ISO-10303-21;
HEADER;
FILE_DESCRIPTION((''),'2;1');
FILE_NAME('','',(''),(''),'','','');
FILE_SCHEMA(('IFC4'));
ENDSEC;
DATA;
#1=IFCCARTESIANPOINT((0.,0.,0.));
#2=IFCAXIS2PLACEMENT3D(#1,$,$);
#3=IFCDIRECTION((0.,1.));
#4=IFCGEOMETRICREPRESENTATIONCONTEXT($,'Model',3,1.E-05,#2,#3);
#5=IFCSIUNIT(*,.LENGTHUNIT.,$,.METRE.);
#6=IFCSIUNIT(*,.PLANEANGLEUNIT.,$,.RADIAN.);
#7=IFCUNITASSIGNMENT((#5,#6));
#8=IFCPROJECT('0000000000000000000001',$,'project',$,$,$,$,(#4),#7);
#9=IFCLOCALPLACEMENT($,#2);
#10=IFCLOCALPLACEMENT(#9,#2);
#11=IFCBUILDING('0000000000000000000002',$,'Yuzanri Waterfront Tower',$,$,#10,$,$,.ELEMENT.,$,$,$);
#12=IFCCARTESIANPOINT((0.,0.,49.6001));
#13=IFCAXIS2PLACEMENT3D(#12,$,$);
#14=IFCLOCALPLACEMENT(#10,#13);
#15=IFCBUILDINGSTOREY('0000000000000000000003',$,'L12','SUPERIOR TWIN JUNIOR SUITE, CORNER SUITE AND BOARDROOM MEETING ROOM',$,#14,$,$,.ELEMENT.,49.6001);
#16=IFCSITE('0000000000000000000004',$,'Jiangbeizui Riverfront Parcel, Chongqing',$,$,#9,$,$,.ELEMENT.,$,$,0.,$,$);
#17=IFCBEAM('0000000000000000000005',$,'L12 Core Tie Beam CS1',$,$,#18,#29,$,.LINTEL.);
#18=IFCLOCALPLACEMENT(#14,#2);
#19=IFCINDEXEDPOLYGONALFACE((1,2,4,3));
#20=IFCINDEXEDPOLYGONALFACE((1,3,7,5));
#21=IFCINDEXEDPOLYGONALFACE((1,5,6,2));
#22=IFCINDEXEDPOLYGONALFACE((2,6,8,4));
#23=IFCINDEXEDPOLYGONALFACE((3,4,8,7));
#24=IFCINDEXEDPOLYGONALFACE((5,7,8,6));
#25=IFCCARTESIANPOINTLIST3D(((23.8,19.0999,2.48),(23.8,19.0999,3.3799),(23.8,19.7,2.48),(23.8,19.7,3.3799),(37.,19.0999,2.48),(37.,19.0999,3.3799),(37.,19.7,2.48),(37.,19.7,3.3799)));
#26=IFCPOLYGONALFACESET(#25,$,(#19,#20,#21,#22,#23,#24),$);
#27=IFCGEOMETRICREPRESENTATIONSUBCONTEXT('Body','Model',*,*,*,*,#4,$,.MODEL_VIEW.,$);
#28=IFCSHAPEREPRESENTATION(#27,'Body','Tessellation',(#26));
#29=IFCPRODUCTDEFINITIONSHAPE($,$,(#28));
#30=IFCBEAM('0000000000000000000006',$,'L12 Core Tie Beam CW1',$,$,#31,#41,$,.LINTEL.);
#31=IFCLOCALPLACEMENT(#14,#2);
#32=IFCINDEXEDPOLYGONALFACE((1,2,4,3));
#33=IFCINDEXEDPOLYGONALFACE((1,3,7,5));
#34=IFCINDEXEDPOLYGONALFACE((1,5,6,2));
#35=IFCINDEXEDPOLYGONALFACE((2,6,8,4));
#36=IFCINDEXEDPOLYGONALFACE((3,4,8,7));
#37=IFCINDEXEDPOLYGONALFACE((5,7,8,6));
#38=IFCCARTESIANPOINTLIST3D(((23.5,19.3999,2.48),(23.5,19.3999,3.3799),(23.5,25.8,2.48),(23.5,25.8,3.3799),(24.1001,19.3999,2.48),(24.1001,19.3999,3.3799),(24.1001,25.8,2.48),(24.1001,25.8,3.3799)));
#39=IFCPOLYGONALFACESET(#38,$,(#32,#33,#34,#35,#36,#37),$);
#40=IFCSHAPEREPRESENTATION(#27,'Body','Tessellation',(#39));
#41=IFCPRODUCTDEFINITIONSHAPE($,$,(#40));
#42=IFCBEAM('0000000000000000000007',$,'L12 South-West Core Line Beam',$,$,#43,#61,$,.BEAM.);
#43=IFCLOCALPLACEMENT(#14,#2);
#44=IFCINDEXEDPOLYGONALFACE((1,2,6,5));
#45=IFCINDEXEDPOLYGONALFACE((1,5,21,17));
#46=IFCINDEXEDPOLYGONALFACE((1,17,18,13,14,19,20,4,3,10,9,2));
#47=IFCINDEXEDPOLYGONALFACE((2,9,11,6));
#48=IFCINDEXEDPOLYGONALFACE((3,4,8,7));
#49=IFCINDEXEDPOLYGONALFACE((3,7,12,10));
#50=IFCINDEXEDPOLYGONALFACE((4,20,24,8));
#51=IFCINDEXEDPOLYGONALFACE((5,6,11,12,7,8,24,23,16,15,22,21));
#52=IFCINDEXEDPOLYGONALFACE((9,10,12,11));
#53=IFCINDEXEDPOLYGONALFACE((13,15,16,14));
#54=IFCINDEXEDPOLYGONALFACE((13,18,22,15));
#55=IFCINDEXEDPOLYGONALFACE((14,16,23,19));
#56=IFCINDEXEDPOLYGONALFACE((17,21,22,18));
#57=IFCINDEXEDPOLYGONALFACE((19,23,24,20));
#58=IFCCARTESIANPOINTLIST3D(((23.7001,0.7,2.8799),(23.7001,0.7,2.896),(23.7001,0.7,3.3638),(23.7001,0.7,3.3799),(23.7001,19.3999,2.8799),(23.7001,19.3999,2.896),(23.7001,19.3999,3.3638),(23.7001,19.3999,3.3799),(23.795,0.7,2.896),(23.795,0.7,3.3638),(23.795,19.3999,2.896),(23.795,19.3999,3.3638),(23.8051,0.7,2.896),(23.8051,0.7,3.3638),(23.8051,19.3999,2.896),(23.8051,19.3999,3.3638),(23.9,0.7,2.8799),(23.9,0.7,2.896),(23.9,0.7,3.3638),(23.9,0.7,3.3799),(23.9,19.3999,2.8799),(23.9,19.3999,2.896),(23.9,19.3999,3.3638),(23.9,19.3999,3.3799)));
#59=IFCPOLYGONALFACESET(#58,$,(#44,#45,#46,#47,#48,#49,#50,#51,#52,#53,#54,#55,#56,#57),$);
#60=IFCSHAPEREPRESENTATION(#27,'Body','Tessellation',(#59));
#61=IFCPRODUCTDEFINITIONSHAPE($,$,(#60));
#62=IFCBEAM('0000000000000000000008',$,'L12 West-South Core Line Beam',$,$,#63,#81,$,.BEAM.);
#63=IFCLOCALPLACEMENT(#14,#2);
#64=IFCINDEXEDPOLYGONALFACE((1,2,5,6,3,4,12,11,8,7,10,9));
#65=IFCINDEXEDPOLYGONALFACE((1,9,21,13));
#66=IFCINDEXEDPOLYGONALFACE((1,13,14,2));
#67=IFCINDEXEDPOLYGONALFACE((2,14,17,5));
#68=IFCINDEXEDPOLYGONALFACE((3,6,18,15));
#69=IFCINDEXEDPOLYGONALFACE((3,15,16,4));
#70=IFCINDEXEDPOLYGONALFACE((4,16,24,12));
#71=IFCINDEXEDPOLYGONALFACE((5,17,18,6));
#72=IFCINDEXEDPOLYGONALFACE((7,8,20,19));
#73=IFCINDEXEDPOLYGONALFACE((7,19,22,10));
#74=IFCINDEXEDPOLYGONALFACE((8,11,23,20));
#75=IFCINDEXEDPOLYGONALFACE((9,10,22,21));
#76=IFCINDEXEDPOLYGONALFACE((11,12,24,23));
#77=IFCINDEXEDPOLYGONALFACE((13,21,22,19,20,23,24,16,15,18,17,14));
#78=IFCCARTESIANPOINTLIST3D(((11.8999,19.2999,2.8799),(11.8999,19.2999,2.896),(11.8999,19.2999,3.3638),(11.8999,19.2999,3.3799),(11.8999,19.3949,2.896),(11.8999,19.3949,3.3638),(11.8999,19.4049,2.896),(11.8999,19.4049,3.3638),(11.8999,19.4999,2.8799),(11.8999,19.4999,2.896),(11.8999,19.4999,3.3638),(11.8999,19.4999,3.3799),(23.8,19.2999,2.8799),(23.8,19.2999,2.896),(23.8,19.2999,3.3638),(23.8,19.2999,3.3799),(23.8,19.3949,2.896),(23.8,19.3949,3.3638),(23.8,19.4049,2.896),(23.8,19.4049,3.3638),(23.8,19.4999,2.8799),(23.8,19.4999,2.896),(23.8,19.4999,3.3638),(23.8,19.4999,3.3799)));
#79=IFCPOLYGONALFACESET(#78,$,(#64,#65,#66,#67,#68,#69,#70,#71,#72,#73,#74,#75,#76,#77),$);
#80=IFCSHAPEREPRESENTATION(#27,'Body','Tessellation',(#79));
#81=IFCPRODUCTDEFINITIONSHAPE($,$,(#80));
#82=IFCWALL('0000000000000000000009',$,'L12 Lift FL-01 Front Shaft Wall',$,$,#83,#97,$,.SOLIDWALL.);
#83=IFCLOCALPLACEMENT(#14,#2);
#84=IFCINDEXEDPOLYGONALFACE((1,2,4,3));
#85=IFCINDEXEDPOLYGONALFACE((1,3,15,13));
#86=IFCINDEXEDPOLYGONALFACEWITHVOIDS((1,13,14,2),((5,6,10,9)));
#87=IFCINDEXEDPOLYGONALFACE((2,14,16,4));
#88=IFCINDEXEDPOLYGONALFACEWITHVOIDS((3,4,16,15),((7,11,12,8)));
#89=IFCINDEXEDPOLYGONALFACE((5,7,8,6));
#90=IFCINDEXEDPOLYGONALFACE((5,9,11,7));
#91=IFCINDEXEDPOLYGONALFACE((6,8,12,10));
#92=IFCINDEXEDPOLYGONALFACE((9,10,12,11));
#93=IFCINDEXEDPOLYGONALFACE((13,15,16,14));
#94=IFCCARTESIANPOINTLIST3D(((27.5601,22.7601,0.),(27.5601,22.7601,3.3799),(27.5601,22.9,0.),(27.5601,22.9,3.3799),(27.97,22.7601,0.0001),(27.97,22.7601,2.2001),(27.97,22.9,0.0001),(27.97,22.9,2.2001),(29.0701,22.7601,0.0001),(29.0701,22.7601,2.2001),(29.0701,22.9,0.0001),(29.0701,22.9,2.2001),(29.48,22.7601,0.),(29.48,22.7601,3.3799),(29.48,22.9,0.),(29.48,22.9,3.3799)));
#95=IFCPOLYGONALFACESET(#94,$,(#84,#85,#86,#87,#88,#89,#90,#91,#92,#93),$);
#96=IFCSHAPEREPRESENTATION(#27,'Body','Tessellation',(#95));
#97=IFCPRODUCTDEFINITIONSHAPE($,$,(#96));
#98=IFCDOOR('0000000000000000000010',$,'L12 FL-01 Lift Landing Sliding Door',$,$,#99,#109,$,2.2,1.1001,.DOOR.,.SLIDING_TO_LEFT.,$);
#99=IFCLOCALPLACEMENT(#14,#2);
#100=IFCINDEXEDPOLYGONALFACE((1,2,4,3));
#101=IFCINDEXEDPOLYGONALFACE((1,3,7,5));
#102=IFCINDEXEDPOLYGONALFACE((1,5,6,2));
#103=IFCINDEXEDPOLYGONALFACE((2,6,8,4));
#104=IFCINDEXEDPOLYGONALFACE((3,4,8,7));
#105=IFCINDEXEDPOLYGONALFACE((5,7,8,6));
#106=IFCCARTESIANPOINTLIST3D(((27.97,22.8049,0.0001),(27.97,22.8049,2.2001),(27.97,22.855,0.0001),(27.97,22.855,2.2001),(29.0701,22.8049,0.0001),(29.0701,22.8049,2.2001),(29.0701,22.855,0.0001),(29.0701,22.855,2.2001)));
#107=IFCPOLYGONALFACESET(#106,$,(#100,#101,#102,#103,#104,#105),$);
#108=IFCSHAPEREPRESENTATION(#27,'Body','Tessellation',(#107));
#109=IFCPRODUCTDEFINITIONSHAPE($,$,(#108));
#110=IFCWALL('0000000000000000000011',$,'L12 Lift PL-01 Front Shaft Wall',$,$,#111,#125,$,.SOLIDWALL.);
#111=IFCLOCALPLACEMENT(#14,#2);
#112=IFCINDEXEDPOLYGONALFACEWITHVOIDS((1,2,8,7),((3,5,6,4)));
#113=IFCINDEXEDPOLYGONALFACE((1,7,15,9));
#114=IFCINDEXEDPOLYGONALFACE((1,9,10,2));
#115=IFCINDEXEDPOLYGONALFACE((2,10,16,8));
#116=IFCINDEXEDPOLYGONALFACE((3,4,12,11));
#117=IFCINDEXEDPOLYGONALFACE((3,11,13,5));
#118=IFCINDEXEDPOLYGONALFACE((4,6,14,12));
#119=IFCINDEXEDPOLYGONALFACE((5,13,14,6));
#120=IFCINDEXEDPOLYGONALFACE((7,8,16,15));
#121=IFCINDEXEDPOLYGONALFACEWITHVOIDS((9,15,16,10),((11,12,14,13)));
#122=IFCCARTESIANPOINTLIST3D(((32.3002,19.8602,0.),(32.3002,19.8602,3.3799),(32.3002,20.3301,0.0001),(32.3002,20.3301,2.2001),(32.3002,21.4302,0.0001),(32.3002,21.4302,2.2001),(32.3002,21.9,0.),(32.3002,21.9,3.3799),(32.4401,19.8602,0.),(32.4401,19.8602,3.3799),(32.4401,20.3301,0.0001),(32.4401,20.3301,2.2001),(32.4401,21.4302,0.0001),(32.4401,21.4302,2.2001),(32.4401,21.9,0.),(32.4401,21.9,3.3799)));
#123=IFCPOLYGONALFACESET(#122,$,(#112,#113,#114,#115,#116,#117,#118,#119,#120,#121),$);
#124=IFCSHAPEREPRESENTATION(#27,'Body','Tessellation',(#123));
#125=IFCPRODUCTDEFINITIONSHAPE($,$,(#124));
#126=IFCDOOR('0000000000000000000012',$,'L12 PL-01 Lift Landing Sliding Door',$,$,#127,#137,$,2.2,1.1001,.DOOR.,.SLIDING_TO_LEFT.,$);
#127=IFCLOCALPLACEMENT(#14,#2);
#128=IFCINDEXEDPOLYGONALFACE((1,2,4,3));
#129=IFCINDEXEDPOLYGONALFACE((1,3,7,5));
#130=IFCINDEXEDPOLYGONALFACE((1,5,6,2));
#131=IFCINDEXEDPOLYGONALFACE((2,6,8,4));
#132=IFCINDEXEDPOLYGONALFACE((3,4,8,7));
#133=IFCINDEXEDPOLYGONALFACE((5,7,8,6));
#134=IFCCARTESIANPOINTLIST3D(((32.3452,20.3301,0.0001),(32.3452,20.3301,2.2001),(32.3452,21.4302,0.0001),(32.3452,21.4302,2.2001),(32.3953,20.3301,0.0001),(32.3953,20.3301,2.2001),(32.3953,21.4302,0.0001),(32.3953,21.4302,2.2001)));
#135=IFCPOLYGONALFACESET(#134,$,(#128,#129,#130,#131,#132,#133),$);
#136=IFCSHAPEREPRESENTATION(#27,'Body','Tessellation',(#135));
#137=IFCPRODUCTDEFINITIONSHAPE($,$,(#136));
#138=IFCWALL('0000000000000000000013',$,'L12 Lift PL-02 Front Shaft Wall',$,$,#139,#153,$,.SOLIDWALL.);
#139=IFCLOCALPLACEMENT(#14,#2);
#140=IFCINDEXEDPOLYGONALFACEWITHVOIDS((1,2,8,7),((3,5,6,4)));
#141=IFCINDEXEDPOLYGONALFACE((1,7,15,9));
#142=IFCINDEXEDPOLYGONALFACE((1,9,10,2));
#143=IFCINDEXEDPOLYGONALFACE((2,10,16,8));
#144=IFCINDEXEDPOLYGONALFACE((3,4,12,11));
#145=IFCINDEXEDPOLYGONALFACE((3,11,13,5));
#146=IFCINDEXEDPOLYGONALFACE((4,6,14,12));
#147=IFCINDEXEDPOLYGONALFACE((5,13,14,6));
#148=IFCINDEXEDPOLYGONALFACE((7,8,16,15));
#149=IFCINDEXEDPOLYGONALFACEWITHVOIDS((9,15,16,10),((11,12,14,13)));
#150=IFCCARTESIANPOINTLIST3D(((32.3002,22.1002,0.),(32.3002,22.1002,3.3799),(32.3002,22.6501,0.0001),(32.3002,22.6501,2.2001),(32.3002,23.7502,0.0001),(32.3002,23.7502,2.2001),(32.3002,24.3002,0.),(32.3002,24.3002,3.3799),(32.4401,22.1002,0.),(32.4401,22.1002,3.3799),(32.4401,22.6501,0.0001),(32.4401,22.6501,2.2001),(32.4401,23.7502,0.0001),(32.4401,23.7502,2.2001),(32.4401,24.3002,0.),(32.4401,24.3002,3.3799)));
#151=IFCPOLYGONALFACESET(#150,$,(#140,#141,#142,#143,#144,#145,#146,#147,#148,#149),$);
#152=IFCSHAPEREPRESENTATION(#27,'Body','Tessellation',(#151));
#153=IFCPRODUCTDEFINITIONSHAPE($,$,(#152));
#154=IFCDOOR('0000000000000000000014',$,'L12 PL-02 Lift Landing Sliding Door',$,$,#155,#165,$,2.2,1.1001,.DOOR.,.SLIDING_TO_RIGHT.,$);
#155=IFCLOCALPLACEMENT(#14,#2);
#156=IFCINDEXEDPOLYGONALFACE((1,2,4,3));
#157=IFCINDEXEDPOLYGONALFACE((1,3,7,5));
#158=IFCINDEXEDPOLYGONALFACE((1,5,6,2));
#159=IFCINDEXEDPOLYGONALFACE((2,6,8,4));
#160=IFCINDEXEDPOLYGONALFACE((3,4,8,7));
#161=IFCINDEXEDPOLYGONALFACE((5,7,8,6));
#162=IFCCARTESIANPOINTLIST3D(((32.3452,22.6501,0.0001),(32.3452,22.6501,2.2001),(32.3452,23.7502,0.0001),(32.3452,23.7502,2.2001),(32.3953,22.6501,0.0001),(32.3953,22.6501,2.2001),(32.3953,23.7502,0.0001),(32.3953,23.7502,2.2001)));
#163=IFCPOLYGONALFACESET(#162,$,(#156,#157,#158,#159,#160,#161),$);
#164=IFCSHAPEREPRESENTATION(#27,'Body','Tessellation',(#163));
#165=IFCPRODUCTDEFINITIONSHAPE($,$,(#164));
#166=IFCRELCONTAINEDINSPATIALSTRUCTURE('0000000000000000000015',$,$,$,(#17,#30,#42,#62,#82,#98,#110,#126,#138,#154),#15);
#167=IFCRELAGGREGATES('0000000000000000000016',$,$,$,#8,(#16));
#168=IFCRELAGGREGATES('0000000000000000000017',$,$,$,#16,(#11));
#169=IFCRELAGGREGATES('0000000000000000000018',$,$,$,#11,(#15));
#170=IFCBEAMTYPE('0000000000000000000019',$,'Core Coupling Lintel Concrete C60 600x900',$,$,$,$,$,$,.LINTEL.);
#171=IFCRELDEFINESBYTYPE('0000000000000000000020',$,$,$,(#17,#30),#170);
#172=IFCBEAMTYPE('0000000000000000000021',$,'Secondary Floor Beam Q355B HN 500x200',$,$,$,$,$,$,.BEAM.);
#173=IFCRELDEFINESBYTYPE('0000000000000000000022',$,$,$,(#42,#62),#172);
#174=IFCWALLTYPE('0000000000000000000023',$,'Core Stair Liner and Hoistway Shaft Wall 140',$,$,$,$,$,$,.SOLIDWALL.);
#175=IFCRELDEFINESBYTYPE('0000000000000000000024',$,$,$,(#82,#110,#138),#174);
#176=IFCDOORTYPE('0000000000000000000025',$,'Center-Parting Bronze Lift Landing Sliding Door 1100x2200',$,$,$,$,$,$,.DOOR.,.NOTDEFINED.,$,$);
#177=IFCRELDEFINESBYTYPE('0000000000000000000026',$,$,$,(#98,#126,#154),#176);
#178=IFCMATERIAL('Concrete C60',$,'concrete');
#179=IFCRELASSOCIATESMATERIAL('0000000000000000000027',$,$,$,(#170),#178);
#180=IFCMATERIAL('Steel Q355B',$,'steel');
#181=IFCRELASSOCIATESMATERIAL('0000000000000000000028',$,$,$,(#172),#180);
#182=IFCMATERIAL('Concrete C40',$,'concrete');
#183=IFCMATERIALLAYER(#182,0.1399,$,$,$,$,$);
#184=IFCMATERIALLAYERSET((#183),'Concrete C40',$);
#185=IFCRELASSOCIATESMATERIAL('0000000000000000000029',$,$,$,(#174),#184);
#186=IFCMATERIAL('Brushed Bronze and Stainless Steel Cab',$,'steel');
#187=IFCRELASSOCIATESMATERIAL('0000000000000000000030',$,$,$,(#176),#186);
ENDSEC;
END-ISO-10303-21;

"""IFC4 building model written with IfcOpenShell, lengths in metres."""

from ifc_helpers import new_model, si_unit, direction, frame, frame_2d, origin, origin_2d, place, context, subcontext, project, spatial, rectangle, i_section, extrude, source, transform, mapped, material, layer, layer_set, material_profile, profile_set, type_object, element, fill, save


model = new_model("IFC4")

# Units and contexts
model_context = context("Model", 3, precision=1e-05, world=origin(), true_north=direction((0.0, 1.0)))
body_context = subcontext(model_context, "Body", "Model", "MODEL_VIEW")
ifc_project = project(units=[si_unit("LENGTHUNIT", "METRE"), si_unit("PLANEANGLEUNIT", "RADIAN")], contexts=[model_context])

# Site, building, storey
site_placement = place(None, origin())
site = spatial("IfcSite", under=ifc_project, at=site_placement, Name="Jiangbeizui Riverfront Parcel, Chongqing", CompositionType="ELEMENT", RefElevation=0.0)
building_placement = place(site_placement, origin())
building = spatial("IfcBuilding", under=site, at=building_placement, Name="Yuzanri Waterfront Tower", CompositionType="ELEMENT")
storey_placement = place(building_placement, frame((0.0, 0.0, 49.6001)))
storey = spatial("IfcBuildingStorey", under=building, at=storey_placement, Name="L12", Description="SUPERIOR TWIN JUNIOR SUITE, CORNER SUITE AND BOARDROOM MEETING ROOM", CompositionType="ELEMENT", Elevation=49.6001)

# Beams
ifc_material_1 = material(Name="Concrete C60", Category="concrete")
ifc_material_profile_1 = material_profile(ifc_material_1, rectangle(XDim=0.6001, YDim=0.8999, at=origin_2d()), Name="RC 600x900")
ifc_profile_set_1 = profile_set([ifc_material_profile_1], Name="Concrete C60")
beam_type_1 = type_object("IfcBeamType", Name="Core Coupling Lintel Concrete C60 600x900", PredefinedType="LINTEL", material=ifc_profile_set_1)
shared_shape_1 = source(origin(), body_context, "Body", "SweptSolid", [
    extrude(rectangle(XDim=0.6001, YDim=0.8999, at=origin_2d()), origin(), (0.0, 0.0, 1.0), 13.2),
])
beam_1_placement = place(storey_placement, frame((23.8, 19.3999, 2.9299), z_axis=(1.0, 0.0, 0.0), x_axis=(0.0, 1.0, 0.0)))
element("IfcBeam", 1, at=beam_1_placement, inside=storey, type_object=beam_type_1, Name="L12 Core Tie Beam CS1", PredefinedType="LINTEL", context=body_context, shape_type="MappedRepresentation", body=[
    mapped(shared_shape_1, transform((0.0, 0.0, 0.0), scale=1.0)),
])
shared_shape_2 = source(origin(), body_context, "Body", "SweptSolid", [
    extrude(rectangle(XDim=0.6001, YDim=0.8999, at=origin_2d()), origin(), (0.0, 0.0, 1.0), 6.4001),
])
beam_2_placement = place(storey_placement, frame((23.8, 19.3999, 2.9299), z_axis=(0.0, 1.0, 0.0), x_axis=(-1.0, 0.0, 0.0)))
element("IfcBeam", 2, at=beam_2_placement, inside=storey, type_object=beam_type_1, Name="L12 Core Tie Beam CW1", PredefinedType="LINTEL", context=body_context, shape_type="MappedRepresentation", body=[
    mapped(shared_shape_2, transform((0.0, 0.0, 0.0), scale=1.0)),
])
ifc_material_2 = material(Name="Steel Q355B", Category="steel")
ifc_material_profile_2 = material_profile(ifc_material_2, i_section(OverallWidth=0.2, OverallDepth=0.5, WebThickness=0.01, FlangeThickness=0.0161, at=origin_2d()), Name="HN 500x200x10x16")
ifc_profile_set_2 = profile_set([ifc_material_profile_2], Name="Steel Q355B")
beam_type_2 = type_object("IfcBeamType", Name="Secondary Floor Beam Q355B HN 500x200", PredefinedType="BEAM", material=ifc_profile_set_2)
shared_shape_3 = source(origin(), body_context, "Body", "SweptSolid", [
    extrude(i_section(OverallWidth=0.2, OverallDepth=0.5, WebThickness=0.01, FlangeThickness=0.0161, at=origin_2d()), origin(), (0.0, 0.0, 1.0), 18.7),
])
beam_3_placement = place(storey_placement, frame((23.8, 19.3999, 3.1299), z_axis=(0.0, -1.0, 0.0), x_axis=(1.0, 0.0, 0.0)))
element("IfcBeam", 3, at=beam_3_placement, inside=storey, type_object=beam_type_2, Name="L12 South-West Core Line Beam", PredefinedType="BEAM", context=body_context, shape_type="MappedRepresentation", body=[
    mapped(shared_shape_3, transform((0.0, 0.0, 0.0), scale=1.0)),
])
shared_shape_4 = source(origin(), body_context, "Body", "SweptSolid", [
    extrude(i_section(OverallWidth=0.2, OverallDepth=0.5, WebThickness=0.01, FlangeThickness=0.0161, at=origin_2d()), origin(), (0.0, 0.0, 1.0), 11.9001),
])
beam_4_placement = place(storey_placement, frame((23.8, 19.3999, 3.1299), z_axis=(-1.0, 0.0, 0.0), x_axis=(0.0, -1.0, 0.0)))
element("IfcBeam", 4, at=beam_4_placement, inside=storey, type_object=beam_type_2, Name="L12 West-South Core Line Beam", PredefinedType="BEAM", context=body_context, shape_type="MappedRepresentation", body=[
    mapped(shared_shape_4, transform((0.0, 0.0, 0.0), scale=1.0)),
])

# Walls, openings, doors
ifc_material_3 = material(Name="Concrete C40", Category="concrete")
ifc_layer_1 = layer(ifc_material_3, 0.1399)
ifc_layer_set_1 = layer_set([ifc_layer_1], Name="Concrete C40")
wall_type_1 = type_object("IfcWallType", Name="Core Stair Liner and Hoistway Shaft Wall 140", PredefinedType="SOLIDWALL", material=ifc_layer_set_1)
wall_1_placement = place(storey_placement, frame((27.5601, 22.8301, 0.0), z_axis=(0.0, 0.0, 1.0), x_axis=(1.0, 0.0, 0.0)))
wall_1 = element("IfcWall", 5, at=wall_1_placement, inside=storey, type_object=wall_type_1, Name="L12 Lift FL-01 Front Shaft Wall", PredefinedType="SOLIDWALL", context=body_context, shape_type="SweptSolid", body=[
    extrude(rectangle(XDim=1.9199, YDim=0.1399, at=frame_2d((0.96, 0.0))), origin(), (0.0, 0.0, 1.0), 3.3799),
])
opening_1_placement = place(wall_1_placement, frame((0.4099, 0.0, 0.0)))
opening_1 = element("IfcOpeningElement", 6, at=opening_1_placement, cuts=wall_1, PredefinedType="OPENING", context=body_context, shape_type="SweptSolid", body=[
    extrude(rectangle(XDim=1.1001, YDim=2.2, at=frame_2d((0.55, 1.1001))), frame((0.0, 0.085, 0.0), z_axis=(0.0, -1.0, 0.0), x_axis=(1.0, 0.0, 0.0)), (0.0, 0.0, 1.0), 0.1697),
])
ifc_material_4 = material(Name="Brushed Bronze and Stainless Steel Cab", Category="steel")
door_type_1 = type_object("IfcDoorType", Name="Center-Parting Bronze Lift Landing Sliding Door 1100x2200", OperationType="NOTDEFINED", PredefinedType="DOOR", material=ifc_material_4)
shared_shape_5 = source(origin(), body_context, "Body", "SweptSolid", [
    extrude(rectangle(XDim=1.1001, YDim=2.2, at=frame_2d((0.55, 1.1001))), frame((0.0, 0.0249, 0.0), z_axis=(0.0, -1.0, 0.0), x_axis=(1.0, 0.0, 0.0)), (0.0, 0.0, 1.0), 0.05),
])
door_1_placement = place(opening_1_placement, origin())
door_1 = element("IfcDoor", 7, at=door_1_placement, inside=storey, type_object=door_type_1, Name="L12 FL-01 Lift Landing Sliding Door", OperationType="SLIDING_TO_LEFT", OverallHeight=2.2, OverallWidth=1.1001, PredefinedType="DOOR", context=body_context, shape_type="MappedRepresentation", body=[
    mapped(shared_shape_5, transform((0.0, 0.0, 0.0), scale=1.0)),
])
fill(opening_1, door_1)
wall_2_placement = place(storey_placement, frame((32.3701, 19.8601, 0.0), z_axis=(0.0, 0.0, 1.0), x_axis=(0.0, 1.0, 0.0)))
wall_2 = element("IfcWall", 8, at=wall_2_placement, inside=storey, type_object=wall_type_1, Name="L12 Lift PL-01 Front Shaft Wall", PredefinedType="SOLIDWALL", context=body_context, shape_type="SweptSolid", body=[
    extrude(rectangle(XDim=2.0398, YDim=0.1399, at=frame_2d((1.02, 0.0))), origin(), (0.0, 0.0, 1.0), 3.3799),
])
opening_2_placement = place(wall_2_placement, frame((0.47, 0.0, 0.0)))
opening_2 = element("IfcOpeningElement", 9, at=opening_2_placement, cuts=wall_2, PredefinedType="OPENING", context=body_context, shape_type="SweptSolid", body=[
    extrude(rectangle(XDim=1.1001, YDim=2.2, at=frame_2d((0.55, 1.1001))), frame((0.0, 0.085, 0.0), z_axis=(0.0, -1.0, 0.0), x_axis=(1.0, 0.0, 0.0)), (0.0, 0.0, 1.0), 0.1697),
])
door_2_placement = place(opening_2_placement, origin())
door_2 = element("IfcDoor", 10, at=door_2_placement, inside=storey, type_object=door_type_1, Name="L12 PL-01 Lift Landing Sliding Door", OperationType="SLIDING_TO_LEFT", OverallHeight=2.2, OverallWidth=1.1001, PredefinedType="DOOR", context=body_context, shape_type="MappedRepresentation", body=[
    mapped(shared_shape_5, transform((0.0, 0.0, 0.0), scale=1.0)),
])
fill(opening_2, door_2)
wall_3_placement = place(storey_placement, frame((32.3701, 22.1001, 0.0), z_axis=(0.0, 0.0, 1.0), x_axis=(0.0, 1.0, 0.0)))
wall_3 = element("IfcWall", 11, at=wall_3_placement, inside=storey, type_object=wall_type_1, Name="L12 Lift PL-02 Front Shaft Wall", PredefinedType="SOLIDWALL", context=body_context, shape_type="SweptSolid", body=[
    extrude(rectangle(XDim=2.2, YDim=0.1399, at=frame_2d((1.1001, 0.0))), origin(), (0.0, 0.0, 1.0), 3.3799),
])
opening_3_placement = place(wall_3_placement, frame((0.55, 0.0, 0.0)))
opening_3 = element("IfcOpeningElement", 12, at=opening_3_placement, cuts=wall_3, PredefinedType="OPENING", context=body_context, shape_type="SweptSolid", body=[
    extrude(rectangle(XDim=1.1001, YDim=2.2, at=frame_2d((0.55, 1.1001))), frame((0.0, 0.085, 0.0), z_axis=(0.0, -1.0, 0.0), x_axis=(1.0, 0.0, 0.0)), (0.0, 0.0, 1.0), 0.1697),
])
door_3_placement = place(opening_3_placement, origin())
door_3 = element("IfcDoor", 13, at=door_3_placement, inside=storey, type_object=door_type_1, Name="L12 PL-02 Lift Landing Sliding Door", OperationType="SLIDING_TO_RIGHT", OverallHeight=2.2, OverallWidth=1.1001, PredefinedType="DOOR", context=body_context, shape_type="MappedRepresentation", body=[
    mapped(shared_shape_5, transform((0.0, 0.0, 0.0), scale=1.0)),
])
fill(opening_3, door_3)

save(model, "model.ifc")
